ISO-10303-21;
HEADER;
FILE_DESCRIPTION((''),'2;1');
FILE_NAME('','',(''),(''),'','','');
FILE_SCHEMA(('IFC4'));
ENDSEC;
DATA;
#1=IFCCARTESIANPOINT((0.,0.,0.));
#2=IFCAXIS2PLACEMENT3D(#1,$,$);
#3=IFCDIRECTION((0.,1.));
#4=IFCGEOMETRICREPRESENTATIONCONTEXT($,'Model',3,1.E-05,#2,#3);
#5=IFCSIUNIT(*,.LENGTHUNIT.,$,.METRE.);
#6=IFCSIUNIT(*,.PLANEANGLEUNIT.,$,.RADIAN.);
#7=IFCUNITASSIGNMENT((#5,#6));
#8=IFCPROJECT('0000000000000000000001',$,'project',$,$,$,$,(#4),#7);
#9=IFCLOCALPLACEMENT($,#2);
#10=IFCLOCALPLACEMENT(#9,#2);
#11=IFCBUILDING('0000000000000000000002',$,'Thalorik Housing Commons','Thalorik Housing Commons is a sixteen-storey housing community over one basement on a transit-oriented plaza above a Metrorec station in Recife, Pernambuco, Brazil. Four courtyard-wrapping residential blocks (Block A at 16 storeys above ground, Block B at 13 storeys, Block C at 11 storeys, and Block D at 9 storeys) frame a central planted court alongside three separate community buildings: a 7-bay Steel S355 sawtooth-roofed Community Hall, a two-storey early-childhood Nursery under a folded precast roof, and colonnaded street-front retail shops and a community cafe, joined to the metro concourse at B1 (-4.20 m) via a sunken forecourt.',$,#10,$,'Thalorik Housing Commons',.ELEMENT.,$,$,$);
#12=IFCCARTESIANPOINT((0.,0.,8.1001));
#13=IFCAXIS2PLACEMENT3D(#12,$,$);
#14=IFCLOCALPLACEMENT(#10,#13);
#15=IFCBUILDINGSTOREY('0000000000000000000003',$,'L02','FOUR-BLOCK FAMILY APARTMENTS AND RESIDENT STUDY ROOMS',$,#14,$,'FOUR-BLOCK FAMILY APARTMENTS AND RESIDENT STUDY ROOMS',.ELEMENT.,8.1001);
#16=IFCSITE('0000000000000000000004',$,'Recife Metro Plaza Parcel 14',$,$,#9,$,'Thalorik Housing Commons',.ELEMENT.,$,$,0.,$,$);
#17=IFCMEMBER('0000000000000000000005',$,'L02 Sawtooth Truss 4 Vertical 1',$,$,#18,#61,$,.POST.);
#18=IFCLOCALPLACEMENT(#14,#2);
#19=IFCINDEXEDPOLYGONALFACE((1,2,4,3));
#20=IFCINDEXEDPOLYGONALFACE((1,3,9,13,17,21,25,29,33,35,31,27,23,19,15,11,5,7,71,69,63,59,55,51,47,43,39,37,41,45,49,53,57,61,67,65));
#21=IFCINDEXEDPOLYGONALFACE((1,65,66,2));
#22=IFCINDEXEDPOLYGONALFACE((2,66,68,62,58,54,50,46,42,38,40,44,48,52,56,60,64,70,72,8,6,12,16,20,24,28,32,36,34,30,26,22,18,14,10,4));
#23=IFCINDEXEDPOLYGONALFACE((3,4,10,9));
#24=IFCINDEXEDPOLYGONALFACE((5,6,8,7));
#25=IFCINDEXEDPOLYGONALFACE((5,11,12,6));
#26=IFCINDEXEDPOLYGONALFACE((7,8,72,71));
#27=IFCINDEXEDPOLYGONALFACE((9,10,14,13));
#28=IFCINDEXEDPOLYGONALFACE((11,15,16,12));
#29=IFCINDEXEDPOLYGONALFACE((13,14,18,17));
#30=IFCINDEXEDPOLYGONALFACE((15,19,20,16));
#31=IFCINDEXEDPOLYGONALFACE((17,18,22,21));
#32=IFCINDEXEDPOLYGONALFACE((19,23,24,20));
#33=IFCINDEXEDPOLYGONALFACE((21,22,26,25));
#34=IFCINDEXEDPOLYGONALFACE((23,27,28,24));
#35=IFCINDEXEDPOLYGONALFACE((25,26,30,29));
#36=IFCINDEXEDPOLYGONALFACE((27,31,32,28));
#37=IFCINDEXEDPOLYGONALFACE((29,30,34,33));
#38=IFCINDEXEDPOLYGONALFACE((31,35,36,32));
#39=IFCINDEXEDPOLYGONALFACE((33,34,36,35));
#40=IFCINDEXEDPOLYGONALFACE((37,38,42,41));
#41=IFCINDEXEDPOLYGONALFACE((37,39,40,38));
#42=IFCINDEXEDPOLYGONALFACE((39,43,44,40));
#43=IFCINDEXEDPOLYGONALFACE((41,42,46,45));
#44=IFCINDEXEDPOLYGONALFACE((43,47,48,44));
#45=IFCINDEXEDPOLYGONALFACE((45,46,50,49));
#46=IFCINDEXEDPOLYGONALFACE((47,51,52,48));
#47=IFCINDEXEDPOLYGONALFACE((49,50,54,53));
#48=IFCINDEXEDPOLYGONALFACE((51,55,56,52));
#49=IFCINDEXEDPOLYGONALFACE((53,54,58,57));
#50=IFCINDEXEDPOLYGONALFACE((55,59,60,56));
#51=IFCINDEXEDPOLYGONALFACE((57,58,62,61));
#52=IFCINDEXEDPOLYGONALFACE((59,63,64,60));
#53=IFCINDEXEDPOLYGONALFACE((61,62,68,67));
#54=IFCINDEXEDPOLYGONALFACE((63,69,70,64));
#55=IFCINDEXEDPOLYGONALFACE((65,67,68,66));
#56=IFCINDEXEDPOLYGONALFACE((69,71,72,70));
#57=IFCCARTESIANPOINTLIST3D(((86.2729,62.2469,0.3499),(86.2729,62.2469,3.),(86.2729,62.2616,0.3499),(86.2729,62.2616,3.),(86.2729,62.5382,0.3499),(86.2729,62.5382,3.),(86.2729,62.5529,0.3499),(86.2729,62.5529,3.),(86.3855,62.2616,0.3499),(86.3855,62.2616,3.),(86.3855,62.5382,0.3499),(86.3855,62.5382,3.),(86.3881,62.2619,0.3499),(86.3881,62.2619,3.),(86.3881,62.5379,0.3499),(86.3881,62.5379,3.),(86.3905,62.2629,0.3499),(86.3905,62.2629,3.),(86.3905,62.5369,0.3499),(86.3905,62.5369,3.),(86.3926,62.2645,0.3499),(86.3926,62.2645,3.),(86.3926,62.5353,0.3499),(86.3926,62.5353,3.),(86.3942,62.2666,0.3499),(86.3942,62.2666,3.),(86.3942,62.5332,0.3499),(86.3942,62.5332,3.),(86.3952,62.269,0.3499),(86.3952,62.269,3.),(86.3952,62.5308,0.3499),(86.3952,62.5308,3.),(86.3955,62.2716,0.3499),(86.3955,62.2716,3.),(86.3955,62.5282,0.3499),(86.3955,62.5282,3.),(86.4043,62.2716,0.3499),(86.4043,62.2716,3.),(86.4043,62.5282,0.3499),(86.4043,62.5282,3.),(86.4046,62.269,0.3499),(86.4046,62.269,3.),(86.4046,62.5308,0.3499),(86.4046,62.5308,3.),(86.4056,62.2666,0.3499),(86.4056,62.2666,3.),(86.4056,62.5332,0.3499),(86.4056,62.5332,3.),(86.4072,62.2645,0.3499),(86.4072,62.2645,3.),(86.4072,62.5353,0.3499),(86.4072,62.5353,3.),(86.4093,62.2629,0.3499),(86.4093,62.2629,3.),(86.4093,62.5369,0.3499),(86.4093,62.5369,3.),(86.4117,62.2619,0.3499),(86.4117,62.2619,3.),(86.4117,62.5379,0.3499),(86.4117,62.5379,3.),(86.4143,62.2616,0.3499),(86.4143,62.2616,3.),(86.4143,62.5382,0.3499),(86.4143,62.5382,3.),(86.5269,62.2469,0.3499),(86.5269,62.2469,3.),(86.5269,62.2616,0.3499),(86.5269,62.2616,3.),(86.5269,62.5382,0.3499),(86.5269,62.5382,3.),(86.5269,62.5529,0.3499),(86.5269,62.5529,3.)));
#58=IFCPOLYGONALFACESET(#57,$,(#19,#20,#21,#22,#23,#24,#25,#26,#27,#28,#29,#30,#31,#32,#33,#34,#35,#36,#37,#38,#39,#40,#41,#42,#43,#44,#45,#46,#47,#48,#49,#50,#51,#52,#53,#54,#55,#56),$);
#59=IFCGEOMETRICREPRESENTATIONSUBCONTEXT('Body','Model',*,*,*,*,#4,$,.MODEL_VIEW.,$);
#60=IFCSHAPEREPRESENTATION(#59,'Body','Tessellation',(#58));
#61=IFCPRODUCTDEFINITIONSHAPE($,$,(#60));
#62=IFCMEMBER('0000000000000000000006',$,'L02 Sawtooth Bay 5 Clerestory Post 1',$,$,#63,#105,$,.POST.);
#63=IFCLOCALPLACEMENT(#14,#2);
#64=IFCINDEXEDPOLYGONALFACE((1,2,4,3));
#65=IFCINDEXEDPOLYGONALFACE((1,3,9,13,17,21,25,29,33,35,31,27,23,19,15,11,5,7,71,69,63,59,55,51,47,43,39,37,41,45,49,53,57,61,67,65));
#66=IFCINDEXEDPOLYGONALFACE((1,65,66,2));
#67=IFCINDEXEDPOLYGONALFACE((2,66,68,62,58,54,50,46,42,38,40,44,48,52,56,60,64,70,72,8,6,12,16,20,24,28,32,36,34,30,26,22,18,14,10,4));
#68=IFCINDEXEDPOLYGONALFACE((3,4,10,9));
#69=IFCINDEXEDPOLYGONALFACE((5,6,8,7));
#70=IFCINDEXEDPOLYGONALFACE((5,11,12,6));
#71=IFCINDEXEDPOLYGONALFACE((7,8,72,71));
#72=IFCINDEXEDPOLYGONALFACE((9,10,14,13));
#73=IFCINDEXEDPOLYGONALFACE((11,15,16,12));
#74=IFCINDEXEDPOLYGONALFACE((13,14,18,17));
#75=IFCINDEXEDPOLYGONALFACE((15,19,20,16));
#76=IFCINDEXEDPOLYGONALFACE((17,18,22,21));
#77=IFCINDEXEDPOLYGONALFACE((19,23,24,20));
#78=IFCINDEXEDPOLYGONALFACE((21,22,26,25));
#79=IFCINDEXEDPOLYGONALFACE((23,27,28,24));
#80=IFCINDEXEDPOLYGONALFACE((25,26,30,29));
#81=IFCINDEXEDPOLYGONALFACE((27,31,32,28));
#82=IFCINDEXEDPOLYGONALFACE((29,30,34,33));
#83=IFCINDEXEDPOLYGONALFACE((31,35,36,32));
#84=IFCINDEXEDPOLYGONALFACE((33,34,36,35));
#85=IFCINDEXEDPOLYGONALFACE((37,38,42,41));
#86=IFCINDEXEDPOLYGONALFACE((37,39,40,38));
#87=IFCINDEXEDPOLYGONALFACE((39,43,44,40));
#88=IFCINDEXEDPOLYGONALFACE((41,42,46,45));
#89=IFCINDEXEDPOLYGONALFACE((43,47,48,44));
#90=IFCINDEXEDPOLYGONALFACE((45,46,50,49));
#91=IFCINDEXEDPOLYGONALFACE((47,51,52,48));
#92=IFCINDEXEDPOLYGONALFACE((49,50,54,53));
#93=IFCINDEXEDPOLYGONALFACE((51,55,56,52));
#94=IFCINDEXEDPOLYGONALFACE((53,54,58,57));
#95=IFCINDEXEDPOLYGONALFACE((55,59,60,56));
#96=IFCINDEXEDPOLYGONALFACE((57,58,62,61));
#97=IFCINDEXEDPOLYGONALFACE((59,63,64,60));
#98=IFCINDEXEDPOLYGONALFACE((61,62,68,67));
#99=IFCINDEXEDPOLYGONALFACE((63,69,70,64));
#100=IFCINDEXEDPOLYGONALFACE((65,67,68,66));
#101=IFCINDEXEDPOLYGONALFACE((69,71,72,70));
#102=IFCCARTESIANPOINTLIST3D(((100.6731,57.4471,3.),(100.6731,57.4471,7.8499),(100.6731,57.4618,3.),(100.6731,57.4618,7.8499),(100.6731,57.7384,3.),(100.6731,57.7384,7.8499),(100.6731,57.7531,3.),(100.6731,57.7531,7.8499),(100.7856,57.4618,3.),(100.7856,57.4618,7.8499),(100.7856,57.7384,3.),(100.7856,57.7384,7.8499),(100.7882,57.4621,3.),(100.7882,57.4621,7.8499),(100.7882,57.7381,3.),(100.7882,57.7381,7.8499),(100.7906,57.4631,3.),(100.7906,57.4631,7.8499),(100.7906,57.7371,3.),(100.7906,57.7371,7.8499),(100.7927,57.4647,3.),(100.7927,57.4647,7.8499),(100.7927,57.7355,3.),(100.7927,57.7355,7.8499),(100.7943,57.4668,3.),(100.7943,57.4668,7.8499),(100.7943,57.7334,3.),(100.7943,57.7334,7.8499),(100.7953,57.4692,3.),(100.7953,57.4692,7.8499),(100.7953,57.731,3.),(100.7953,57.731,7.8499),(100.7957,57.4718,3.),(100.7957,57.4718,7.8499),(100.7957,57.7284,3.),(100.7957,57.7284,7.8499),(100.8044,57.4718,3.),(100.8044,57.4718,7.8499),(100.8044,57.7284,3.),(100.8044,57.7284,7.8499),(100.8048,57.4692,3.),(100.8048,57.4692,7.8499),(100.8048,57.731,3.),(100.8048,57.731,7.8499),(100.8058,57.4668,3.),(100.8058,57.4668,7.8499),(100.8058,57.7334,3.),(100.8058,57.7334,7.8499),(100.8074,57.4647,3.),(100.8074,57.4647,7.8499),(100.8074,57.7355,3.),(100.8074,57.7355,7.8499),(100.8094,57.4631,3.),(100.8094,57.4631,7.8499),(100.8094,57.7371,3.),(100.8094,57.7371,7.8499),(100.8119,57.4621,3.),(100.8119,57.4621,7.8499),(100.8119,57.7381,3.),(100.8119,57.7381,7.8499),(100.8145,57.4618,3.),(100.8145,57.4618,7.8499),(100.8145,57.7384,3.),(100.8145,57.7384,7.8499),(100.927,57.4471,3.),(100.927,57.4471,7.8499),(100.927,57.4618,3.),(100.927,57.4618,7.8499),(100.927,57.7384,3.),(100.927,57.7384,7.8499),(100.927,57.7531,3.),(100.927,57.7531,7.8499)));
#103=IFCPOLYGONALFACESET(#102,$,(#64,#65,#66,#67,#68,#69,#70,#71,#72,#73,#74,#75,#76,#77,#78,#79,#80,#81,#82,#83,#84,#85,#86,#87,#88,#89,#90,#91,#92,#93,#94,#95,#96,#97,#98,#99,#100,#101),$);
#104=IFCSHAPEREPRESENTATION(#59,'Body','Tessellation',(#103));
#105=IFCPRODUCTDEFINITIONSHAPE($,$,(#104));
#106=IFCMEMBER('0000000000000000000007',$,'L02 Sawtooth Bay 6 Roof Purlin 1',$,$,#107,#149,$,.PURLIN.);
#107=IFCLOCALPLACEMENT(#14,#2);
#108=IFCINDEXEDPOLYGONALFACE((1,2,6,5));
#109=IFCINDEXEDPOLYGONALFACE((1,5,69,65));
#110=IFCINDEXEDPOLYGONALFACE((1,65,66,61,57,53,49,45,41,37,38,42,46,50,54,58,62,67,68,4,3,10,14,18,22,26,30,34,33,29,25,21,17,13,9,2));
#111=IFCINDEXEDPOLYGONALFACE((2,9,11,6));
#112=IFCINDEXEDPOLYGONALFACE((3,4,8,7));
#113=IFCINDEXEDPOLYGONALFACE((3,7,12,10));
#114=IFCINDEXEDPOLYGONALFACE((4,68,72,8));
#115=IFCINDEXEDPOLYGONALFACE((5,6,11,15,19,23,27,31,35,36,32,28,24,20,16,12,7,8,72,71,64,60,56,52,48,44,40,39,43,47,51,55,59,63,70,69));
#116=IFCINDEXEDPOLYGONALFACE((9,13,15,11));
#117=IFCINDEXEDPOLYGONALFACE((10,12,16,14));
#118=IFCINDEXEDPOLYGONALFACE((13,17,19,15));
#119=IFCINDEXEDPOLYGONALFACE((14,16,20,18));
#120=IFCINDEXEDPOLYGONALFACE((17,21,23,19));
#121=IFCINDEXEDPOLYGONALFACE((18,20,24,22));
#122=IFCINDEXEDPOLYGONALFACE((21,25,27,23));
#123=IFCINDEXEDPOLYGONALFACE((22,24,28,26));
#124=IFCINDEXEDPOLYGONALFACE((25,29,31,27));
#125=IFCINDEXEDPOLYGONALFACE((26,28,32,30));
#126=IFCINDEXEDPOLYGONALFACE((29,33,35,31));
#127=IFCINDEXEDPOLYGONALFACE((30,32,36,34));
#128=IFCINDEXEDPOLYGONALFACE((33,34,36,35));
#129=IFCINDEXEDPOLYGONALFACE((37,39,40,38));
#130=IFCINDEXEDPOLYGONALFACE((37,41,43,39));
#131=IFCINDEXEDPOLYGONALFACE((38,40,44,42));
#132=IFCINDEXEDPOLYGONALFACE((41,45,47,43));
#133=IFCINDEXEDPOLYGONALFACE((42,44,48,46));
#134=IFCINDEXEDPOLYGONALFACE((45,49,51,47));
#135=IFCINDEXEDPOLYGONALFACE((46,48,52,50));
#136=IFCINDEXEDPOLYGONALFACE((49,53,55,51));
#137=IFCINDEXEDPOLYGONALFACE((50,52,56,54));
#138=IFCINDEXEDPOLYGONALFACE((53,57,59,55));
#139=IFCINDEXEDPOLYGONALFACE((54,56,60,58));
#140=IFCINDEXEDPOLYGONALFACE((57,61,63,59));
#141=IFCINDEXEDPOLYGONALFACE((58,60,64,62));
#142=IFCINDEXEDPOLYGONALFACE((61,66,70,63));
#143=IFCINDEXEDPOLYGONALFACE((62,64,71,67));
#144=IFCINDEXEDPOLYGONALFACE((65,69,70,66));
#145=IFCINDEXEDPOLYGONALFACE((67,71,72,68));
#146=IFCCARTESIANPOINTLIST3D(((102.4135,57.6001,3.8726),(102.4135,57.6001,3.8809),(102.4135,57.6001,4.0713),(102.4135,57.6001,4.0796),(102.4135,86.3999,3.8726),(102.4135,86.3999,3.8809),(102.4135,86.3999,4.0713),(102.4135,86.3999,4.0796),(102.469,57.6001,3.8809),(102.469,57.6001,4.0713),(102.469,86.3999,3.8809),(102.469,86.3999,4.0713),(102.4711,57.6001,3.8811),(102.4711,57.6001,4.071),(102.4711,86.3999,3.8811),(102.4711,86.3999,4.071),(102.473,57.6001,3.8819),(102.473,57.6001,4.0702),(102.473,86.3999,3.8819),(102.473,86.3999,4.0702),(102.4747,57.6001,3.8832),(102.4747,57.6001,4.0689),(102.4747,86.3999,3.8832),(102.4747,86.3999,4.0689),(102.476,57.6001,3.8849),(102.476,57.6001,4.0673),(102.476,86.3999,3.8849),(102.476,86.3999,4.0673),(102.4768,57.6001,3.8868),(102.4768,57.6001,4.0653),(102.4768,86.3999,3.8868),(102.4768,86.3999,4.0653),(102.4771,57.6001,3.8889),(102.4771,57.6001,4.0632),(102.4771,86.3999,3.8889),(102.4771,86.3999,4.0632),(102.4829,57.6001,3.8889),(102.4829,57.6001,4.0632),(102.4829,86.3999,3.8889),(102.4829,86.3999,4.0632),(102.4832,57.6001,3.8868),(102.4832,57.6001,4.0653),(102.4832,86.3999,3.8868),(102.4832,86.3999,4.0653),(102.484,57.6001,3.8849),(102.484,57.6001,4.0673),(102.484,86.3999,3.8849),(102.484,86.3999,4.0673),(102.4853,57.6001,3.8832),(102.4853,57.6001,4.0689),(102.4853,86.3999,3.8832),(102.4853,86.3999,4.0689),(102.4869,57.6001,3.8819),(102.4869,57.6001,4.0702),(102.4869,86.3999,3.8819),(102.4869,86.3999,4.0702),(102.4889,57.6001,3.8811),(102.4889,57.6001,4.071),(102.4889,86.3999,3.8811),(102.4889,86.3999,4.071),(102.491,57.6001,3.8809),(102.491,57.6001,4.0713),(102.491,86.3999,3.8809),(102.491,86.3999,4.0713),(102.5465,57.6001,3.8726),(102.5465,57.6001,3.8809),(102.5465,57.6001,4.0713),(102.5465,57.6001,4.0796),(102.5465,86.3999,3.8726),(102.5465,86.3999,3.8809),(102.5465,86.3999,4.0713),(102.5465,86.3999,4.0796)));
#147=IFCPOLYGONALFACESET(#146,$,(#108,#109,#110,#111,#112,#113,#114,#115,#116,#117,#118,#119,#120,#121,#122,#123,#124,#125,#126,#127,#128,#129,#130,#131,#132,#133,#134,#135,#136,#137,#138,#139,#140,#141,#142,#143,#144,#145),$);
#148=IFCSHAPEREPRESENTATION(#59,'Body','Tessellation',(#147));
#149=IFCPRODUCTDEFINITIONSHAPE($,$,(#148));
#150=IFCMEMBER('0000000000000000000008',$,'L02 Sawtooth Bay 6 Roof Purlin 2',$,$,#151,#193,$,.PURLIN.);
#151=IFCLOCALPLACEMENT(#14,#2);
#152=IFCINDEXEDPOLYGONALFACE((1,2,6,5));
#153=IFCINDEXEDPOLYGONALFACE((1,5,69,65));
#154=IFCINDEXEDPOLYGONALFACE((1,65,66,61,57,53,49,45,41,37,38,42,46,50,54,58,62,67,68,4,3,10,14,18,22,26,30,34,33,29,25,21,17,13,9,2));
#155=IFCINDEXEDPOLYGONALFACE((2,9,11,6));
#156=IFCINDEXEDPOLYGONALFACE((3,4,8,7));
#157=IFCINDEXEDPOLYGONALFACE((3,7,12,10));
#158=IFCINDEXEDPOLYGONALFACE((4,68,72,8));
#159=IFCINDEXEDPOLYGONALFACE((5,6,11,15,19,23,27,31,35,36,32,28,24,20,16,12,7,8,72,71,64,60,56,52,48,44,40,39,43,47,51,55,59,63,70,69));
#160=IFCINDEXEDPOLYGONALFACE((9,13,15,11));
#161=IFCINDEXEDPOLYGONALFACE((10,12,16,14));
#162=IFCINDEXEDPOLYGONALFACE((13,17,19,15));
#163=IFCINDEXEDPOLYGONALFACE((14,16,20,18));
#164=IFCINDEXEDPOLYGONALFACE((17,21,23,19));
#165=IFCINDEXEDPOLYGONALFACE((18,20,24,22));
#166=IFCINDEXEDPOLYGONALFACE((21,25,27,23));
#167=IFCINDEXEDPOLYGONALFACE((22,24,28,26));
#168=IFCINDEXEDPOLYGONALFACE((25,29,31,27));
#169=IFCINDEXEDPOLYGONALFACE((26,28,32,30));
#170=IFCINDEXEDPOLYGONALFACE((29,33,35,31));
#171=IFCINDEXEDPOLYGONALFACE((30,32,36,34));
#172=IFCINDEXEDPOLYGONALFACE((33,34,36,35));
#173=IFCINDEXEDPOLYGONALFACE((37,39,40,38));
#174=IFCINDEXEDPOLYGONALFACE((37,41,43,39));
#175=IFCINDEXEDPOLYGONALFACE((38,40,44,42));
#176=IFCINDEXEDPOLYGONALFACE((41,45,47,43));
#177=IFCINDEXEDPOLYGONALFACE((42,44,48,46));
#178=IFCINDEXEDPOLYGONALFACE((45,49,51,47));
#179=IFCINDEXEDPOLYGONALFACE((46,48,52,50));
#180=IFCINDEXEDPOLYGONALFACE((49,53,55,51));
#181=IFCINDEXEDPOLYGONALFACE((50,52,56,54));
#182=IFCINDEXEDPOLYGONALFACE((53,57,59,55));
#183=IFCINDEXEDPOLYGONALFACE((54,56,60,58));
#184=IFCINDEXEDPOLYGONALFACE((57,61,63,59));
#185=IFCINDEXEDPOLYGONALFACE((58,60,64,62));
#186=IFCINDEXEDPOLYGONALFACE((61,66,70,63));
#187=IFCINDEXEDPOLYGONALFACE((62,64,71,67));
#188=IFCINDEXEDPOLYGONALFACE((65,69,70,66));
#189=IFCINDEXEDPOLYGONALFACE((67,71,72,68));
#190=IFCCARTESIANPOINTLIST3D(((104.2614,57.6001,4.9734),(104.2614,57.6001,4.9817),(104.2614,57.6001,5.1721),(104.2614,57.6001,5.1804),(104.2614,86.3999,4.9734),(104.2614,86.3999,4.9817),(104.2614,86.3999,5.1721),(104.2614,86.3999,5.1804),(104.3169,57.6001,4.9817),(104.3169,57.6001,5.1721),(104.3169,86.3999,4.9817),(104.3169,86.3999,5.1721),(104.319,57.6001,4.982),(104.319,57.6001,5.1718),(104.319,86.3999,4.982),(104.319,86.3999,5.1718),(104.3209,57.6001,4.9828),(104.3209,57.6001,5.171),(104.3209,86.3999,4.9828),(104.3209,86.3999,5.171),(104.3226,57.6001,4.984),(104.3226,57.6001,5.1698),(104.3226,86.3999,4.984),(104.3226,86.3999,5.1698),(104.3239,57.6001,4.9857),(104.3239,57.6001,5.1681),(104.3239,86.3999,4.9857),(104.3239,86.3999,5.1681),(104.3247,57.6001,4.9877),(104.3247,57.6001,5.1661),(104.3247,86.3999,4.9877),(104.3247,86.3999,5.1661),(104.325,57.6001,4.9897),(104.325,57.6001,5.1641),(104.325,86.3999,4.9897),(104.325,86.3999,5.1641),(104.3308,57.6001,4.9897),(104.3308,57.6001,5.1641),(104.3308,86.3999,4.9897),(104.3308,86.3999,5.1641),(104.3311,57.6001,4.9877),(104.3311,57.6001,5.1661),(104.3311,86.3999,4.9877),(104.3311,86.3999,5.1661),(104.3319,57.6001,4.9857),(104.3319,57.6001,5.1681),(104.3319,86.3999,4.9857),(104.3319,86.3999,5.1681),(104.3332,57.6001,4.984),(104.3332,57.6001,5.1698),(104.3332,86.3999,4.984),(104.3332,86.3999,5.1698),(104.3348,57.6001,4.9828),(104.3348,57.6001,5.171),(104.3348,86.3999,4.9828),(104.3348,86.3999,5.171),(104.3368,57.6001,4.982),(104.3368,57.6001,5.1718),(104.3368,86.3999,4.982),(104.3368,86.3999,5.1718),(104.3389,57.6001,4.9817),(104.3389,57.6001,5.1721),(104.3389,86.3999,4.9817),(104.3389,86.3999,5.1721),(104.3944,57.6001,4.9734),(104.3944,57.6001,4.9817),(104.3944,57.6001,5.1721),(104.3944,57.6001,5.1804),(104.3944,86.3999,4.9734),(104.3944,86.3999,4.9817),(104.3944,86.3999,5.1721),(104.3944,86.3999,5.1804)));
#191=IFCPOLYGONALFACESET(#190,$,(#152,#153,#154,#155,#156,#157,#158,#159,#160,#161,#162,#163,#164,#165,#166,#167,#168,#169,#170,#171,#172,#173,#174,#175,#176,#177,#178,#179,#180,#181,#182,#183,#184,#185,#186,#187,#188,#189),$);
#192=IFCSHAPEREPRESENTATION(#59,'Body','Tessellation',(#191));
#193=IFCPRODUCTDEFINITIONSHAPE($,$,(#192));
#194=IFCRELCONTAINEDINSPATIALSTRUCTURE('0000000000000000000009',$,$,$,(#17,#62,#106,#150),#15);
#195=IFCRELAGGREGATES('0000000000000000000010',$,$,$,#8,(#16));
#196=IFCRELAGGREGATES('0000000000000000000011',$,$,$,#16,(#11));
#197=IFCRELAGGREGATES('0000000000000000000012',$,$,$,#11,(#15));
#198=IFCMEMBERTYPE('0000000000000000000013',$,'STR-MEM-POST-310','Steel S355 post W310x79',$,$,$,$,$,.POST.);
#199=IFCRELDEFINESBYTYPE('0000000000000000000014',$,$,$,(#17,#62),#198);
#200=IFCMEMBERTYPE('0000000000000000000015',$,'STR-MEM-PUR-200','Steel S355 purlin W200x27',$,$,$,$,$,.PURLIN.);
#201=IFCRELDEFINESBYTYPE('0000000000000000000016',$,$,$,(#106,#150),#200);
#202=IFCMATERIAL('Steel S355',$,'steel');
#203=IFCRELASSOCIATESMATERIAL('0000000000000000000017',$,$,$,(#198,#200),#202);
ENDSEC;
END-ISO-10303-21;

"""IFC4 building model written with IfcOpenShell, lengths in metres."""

from ifc_helpers import new_model, si_unit, direction, frame, origin, origin_2d, place, context, subcontext, project, spatial, i_section, extrude, material, material_profile, profile_set, type_object, element, save


model = new_model("IFC4")

# Units and contexts
model_context = context("Model", 3, precision=1e-05, world=origin(), true_north=direction((0.0, 1.0)))
body_context = subcontext(model_context, "Body", "Model", "MODEL_VIEW")
ifc_project = project(units=[si_unit("LENGTHUNIT", "METRE"), si_unit("PLANEANGLEUNIT", "RADIAN")], contexts=[model_context])

# Site, building, storey
site_placement = place(None, origin())
site = spatial("IfcSite", under=ifc_project, at=site_placement, Name="Recife Metro Plaza Parcel 14", LongName="Thalorik Housing Commons", CompositionType="ELEMENT", RefElevation=0.0)
building_placement = place(site_placement, origin())
building = spatial("IfcBuilding", under=site, at=building_placement, Name="Thalorik Housing Commons", Description="Thalorik Housing Commons is a sixteen-storey housing community over one basement on a transit-oriented plaza above a Metrorec station in Recife, Pernambuco, Brazil. Four courtyard-wrapping residential blocks (Block A at 16 storeys above ground, Block B at 13 storeys, Block C at 11 storeys, and Block D at 9 storeys) frame a central planted court alongside three separate community buildings: a 7-bay Steel S355 sawtooth-roofed Community Hall, a two-storey early-childhood Nursery under a folded precast roof, and colonnaded street-front retail shops and a community cafe, joined to the metro concourse at B1 (-4.20 m) via a sunken forecourt.", LongName="Thalorik Housing Commons", CompositionType="ELEMENT")
storey_placement = place(building_placement, frame((0.0, 0.0, 8.1001)))
storey = spatial("IfcBuildingStorey", under=building, at=storey_placement, Name="L02", Description="FOUR-BLOCK FAMILY APARTMENTS AND RESIDENT STUDY ROOMS", LongName="FOUR-BLOCK FAMILY APARTMENTS AND RESIDENT STUDY ROOMS", CompositionType="ELEMENT", Elevation=8.1001)

# Shared definitions
ifc_material_1 = material(Name="Steel S355", Category="steel")

# Members
ifc_material_profile_1 = material_profile(ifc_material_1, i_section(OverallWidth=0.2539, OverallDepth=0.3059, WebThickness=0.0088, FlangeThickness=0.0146, FilletRadius=0.01, at=origin_2d()), Name="W310x79", Category="steel")
ifc_profile_set_1 = profile_set([ifc_material_profile_1], Name="Steel S355")
member_type_1 = type_object("IfcMemberType", Name="STR-MEM-POST-310", Description="Steel S355 post W310x79", PredefinedType="POST", material=ifc_profile_set_1)
member_1_placement = place(storey_placement, frame((86.3999, 62.3999, 0.3499), z_axis=(0.0, 0.0, 1.0), x_axis=(1.0, 0.0, 0.0)))
element("IfcMember", 1, at=member_1_placement, inside=storey, type_object=member_type_1, Name="L02 Sawtooth Truss 4 Vertical 1", PredefinedType="POST", context=body_context, shape_type="SweptSolid", body=[
    extrude(i_section(OverallWidth=0.2539, OverallDepth=0.3059, WebThickness=0.0088, FlangeThickness=0.0146, FilletRadius=0.01, at=origin_2d()), origin(), (0.0, 0.0, 1.0), 2.6501),
])
member_2_placement = place(storey_placement, frame((100.8, 57.6001, 3.0), z_axis=(0.0, 0.0, 1.0), x_axis=(1.0, 0.0, 0.0)))
element("IfcMember", 2, at=member_2_placement, inside=storey, type_object=member_type_1, Name="L02 Sawtooth Bay 5 Clerestory Post 1", PredefinedType="POST", context=body_context, shape_type="SweptSolid", body=[
    extrude(i_section(OverallWidth=0.2539, OverallDepth=0.3059, WebThickness=0.0088, FlangeThickness=0.0146, FilletRadius=0.01, at=origin_2d()), origin(), (0.0, 0.0, 1.0), 4.8499),
])
ifc_material_profile_2 = material_profile(ifc_material_1, i_section(OverallWidth=0.1331, OverallDepth=0.207, WebThickness=0.0059, FlangeThickness=0.0083, FilletRadius=0.0081, at=origin_2d()), Name="W200x27", Category="steel")
ifc_profile_set_2 = profile_set([ifc_material_profile_2], Name="Steel S355")
member_type_2 = type_object("IfcMemberType", Name="STR-MEM-PUR-200", Description="Steel S355 purlin W200x27", PredefinedType="PURLIN", material=ifc_profile_set_2)
for number, where, z_axis, x_axis, name in (
    (3, (102.48, 57.6001, 3.9761), (0.0, 1.0, 0.0), (-1.0, 0.0, 0.0), "L02 Sawtooth Bay 6 Roof Purlin 1"),
    (4, (104.3279, 57.6001, 5.0769), (0.0, 1.0, 0.0), (-1.0, 0.0, 0.0), "L02 Sawtooth Bay 6 Roof Purlin 2"),
):
    element("IfcMember", number, at=place(storey_placement, frame(where, z_axis=z_axis, x_axis=x_axis)), inside=storey, type_object=member_type_2, Name=name, PredefinedType="PURLIN", context=body_context, shape_type="SweptSolid", body=[
        extrude(i_section(OverallWidth=0.1331, OverallDepth=0.207, WebThickness=0.0059, FlangeThickness=0.0083, FilletRadius=0.0081, at=origin_2d()), origin(), (0.0, 0.0, 1.0), 28.7998),
    ])

save(model, "model.ifc")
